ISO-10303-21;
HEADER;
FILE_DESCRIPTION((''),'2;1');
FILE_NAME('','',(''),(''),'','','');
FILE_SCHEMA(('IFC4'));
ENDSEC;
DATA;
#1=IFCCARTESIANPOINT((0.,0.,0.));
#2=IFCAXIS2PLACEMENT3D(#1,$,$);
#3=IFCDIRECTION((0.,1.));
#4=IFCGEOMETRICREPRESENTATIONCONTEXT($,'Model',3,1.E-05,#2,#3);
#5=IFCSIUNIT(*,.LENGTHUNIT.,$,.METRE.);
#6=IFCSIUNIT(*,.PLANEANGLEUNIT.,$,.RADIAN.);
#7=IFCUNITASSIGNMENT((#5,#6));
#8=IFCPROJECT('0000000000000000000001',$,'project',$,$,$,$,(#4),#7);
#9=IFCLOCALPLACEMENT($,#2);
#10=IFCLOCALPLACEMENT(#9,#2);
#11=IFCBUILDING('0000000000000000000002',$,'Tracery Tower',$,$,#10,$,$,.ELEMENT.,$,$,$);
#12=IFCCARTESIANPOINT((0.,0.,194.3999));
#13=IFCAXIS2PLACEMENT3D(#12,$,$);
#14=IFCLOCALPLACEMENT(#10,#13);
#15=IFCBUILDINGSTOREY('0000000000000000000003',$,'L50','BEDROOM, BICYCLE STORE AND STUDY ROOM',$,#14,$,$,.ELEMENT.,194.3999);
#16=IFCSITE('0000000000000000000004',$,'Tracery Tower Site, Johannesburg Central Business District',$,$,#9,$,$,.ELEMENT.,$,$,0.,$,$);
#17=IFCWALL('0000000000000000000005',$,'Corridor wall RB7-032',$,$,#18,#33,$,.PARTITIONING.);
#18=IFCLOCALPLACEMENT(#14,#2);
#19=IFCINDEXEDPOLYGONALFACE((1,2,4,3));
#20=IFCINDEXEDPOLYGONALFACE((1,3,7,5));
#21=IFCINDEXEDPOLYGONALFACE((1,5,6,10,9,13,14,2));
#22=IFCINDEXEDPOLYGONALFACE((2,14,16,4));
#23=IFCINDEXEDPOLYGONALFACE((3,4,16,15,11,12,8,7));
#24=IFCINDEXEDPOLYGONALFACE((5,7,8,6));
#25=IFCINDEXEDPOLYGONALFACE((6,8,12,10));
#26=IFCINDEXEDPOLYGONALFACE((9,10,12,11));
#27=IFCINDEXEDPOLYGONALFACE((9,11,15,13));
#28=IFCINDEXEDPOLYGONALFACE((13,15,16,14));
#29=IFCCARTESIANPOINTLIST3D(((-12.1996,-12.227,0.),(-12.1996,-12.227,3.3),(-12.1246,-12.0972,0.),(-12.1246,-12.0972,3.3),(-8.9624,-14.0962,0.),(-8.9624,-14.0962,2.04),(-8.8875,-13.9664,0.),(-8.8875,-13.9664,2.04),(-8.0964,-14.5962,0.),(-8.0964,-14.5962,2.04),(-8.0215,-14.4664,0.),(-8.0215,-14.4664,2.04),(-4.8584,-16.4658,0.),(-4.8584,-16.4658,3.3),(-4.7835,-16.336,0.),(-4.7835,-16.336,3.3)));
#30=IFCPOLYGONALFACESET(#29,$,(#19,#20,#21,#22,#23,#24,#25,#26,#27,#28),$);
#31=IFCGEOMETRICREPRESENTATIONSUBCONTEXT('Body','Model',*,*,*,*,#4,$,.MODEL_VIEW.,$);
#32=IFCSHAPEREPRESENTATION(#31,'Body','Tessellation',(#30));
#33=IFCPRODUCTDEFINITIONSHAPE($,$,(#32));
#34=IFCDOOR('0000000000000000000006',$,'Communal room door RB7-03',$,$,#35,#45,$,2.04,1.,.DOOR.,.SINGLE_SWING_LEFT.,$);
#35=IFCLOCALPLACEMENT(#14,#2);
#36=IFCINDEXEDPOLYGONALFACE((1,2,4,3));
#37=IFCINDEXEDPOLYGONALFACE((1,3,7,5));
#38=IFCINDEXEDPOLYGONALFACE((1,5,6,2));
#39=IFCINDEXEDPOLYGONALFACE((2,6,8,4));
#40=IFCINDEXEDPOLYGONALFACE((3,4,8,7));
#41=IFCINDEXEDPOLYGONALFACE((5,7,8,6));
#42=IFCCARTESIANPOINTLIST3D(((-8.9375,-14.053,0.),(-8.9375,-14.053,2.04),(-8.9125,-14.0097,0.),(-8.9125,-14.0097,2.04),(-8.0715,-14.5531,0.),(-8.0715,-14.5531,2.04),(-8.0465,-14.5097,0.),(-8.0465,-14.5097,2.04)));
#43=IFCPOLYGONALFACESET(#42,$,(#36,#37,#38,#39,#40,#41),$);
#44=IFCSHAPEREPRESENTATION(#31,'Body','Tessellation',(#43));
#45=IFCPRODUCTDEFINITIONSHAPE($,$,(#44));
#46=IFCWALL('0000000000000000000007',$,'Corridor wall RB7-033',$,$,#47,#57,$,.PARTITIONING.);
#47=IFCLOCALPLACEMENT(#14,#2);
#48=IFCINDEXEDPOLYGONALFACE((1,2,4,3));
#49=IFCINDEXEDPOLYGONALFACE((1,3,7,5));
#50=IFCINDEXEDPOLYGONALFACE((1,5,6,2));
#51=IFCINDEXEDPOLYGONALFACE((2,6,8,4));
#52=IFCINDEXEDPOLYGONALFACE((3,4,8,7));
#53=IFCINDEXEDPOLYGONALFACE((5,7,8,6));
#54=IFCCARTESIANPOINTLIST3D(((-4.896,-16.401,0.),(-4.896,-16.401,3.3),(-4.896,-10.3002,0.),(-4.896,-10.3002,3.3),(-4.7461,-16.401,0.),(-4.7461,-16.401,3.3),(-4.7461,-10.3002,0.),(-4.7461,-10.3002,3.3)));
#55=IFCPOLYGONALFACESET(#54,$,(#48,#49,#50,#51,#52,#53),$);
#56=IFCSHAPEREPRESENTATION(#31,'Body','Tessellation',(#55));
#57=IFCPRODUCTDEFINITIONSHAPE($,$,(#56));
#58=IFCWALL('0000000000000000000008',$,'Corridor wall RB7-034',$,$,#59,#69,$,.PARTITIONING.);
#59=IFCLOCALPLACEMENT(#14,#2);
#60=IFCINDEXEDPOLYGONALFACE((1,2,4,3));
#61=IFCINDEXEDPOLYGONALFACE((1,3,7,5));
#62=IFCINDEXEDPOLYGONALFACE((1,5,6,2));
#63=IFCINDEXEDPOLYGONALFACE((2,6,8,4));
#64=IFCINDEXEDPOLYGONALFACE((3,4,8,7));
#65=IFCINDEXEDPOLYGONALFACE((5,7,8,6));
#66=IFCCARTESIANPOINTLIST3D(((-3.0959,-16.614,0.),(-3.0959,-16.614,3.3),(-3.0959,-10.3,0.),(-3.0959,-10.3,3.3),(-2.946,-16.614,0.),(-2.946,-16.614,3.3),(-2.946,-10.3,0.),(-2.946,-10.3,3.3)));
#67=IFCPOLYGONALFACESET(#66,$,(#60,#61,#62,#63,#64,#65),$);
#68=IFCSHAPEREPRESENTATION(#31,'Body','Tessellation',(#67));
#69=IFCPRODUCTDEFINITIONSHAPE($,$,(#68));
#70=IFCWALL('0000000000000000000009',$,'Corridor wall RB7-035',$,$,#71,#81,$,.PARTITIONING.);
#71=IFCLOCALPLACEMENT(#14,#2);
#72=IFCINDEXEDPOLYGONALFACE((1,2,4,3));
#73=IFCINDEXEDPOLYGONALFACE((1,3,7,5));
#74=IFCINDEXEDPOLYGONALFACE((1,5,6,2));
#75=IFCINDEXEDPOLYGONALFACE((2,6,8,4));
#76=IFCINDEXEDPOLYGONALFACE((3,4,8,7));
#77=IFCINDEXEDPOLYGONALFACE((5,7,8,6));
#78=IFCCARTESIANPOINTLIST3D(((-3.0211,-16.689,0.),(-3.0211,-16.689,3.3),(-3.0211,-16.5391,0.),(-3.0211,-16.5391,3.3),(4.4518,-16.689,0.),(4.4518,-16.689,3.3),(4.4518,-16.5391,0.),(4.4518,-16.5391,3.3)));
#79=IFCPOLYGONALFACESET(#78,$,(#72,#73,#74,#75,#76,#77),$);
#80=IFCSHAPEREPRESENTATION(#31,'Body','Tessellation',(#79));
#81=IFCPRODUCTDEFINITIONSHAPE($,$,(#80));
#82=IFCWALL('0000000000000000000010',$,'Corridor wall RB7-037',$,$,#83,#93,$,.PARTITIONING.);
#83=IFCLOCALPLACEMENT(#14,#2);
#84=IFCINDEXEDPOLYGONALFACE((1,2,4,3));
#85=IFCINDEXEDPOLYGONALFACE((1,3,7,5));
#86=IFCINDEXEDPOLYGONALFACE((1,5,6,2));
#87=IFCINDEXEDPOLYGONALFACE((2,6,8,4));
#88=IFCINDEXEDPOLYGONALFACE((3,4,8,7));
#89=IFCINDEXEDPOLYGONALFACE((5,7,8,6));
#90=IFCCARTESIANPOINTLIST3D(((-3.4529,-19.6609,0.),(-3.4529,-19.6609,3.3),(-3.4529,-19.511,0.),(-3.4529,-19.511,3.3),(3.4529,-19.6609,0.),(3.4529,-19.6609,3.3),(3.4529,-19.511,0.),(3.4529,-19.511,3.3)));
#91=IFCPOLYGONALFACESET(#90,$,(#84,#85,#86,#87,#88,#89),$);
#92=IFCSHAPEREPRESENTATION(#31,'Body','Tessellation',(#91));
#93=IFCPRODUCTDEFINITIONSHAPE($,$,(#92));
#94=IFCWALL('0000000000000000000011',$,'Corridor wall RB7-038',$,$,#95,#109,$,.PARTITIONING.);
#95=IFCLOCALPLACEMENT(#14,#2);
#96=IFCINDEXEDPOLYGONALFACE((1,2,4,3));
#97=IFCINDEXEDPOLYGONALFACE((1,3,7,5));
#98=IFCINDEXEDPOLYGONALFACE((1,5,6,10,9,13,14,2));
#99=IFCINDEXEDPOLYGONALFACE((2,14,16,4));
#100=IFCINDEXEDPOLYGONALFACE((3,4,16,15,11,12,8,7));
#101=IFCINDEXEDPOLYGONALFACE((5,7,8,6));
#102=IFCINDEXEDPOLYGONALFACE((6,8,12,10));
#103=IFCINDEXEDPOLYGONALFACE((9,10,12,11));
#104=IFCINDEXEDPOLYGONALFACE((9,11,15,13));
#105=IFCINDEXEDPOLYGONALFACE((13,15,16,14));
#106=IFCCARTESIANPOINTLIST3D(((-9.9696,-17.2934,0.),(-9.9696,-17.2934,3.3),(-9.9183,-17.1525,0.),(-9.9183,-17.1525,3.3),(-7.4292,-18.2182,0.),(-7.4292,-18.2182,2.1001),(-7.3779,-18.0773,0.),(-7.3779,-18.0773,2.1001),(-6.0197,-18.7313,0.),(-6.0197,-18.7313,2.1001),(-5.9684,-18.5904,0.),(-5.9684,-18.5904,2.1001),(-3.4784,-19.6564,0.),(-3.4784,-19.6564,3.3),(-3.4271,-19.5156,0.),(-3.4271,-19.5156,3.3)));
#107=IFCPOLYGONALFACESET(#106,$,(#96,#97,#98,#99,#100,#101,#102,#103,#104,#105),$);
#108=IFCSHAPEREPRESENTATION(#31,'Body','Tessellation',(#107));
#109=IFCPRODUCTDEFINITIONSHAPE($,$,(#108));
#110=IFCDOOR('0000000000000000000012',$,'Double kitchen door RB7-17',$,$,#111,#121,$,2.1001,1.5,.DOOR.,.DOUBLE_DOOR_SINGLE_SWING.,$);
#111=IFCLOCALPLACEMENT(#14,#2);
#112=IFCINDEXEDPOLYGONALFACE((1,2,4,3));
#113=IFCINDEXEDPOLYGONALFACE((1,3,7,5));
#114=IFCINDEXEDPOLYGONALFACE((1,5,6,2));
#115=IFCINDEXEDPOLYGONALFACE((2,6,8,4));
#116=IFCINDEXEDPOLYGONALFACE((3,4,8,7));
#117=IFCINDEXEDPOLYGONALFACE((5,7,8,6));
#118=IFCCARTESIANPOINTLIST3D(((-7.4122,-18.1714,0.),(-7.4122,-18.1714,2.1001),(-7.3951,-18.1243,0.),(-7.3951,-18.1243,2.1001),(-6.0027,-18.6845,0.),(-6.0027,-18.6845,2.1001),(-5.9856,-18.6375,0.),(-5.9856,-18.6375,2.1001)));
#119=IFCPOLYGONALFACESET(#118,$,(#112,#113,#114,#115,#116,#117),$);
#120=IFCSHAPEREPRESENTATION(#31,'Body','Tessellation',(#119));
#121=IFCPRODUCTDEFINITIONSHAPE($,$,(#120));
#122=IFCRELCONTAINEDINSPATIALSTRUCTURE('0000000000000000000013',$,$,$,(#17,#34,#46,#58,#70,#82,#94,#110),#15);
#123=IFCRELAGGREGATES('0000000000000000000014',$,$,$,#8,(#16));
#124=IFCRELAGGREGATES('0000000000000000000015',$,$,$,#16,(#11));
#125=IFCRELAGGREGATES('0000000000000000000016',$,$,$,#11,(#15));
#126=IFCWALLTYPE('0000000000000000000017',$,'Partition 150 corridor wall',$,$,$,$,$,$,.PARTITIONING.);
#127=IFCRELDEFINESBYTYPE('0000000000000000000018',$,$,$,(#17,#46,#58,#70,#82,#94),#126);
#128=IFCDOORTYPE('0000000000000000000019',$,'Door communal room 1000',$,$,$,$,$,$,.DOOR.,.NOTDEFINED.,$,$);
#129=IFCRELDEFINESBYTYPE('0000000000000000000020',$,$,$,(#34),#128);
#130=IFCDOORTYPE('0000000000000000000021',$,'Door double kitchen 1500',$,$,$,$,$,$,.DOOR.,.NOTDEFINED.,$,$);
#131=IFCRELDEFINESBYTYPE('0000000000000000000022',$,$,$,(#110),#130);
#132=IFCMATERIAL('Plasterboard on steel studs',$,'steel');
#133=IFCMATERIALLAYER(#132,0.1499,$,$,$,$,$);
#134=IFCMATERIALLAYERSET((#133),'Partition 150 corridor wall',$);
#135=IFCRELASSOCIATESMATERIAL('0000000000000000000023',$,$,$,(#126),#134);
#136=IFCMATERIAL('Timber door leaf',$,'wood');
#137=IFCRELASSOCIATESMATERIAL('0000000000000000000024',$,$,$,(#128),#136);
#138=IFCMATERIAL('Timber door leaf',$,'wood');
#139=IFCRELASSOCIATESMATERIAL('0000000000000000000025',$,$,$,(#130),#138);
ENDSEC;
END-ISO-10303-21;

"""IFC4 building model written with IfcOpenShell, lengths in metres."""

from ifc_helpers import new_model, si_unit, direction, frame, frame_2d, origin, place, context, subcontext, project, spatial, rectangle, extrude, material, layer, layer_set, type_object, element, fill, save


model = new_model("IFC4")

# Units and contexts
model_context = context("Model", 3, precision=1e-05, world=origin(), true_north=direction((0.0, 1.0)))
body_context = subcontext(model_context, "Body", "Model", "MODEL_VIEW")
ifc_project = project(units=[si_unit("LENGTHUNIT", "METRE"), si_unit("PLANEANGLEUNIT", "RADIAN")], contexts=[model_context])

# Site, building, storey
site_placement = place(None, origin())
site = spatial("IfcSite", under=ifc_project, at=site_placement, Name="Tracery Tower Site, Johannesburg Central Business District", CompositionType="ELEMENT", RefElevation=0.0)
building_placement = place(site_placement, origin())
building = spatial("IfcBuilding", under=site, at=building_placement, Name="Tracery Tower", CompositionType="ELEMENT")
storey_placement = place(building_placement, frame((0.0, 0.0, 194.3999)))
storey = spatial("IfcBuildingStorey", under=building, at=storey_placement, Name="L50", Description="BEDROOM, BICYCLE STORE AND STUDY ROOM", CompositionType="ELEMENT", Elevation=194.3999)

# Wall, opening, door
ifc_material_1 = material(Name="Plasterboard on steel studs", Category="steel")
ifc_layer_1 = layer(ifc_material_1, 0.1499)
ifc_layer_set_1 = layer_set([ifc_layer_1], Name="Partition 150 corridor wall")
wall_type_1 = type_object("IfcWallType", Name="Partition 150 corridor wall", PredefinedType="PARTITIONING", material=ifc_layer_set_1)
wall_1_placement = place(storey_placement, frame((-12.1621, -12.1621, 0.0), z_axis=(0.0, 0.0, 1.0), x_axis=(0.866005, -0.500036, 0.0)))
wall_1 = element("IfcWall", 1, at=wall_1_placement, inside=storey, type_object=wall_type_1, Name="Corridor wall RB7-032", PredefinedType="PARTITIONING", context=body_context, shape_type="SweptSolid", body=[
    extrude(rectangle(XDim=8.4771, YDim=0.1499, at=frame_2d((4.2385, 0.0))), origin(), (0.0, 0.0, 1.0), 3.3),
])
opening_1_placement = place(wall_1_placement, frame((3.738, 0.0, 0.0)))
opening_1 = element("IfcOpeningElement", 2, at=opening_1_placement, cuts=wall_1, PredefinedType="OPENING", context=body_context, shape_type="SweptSolid", body=[
    extrude(rectangle(XDim=1.0, YDim=2.04, at=frame_2d((0.5, 1.02))), frame((0.0, 0.075, 0.0), z_axis=(0.0, -1.0, 0.0), x_axis=(1.0, 0.0, 0.0)), (0.0, 0.0, 1.0), 0.1499),
])
ifc_material_2 = material(Name="Timber door leaf", Category="wood")
door_type_1 = type_object("IfcDoorType", Name="Door communal room 1000", OperationType="NOTDEFINED", PredefinedType="DOOR", material=ifc_material_2)
door_1_placement = place(opening_1_placement, origin())
door_1 = element("IfcDoor", 3, at=door_1_placement, inside=storey, type_object=door_type_1, Name="Communal room door RB7-03", OperationType="SINGLE_SWING_LEFT", OverallHeight=2.04, OverallWidth=1.0, PredefinedType="DOOR", context=body_context, shape_type="SweptSolid", body=[
    extrude(rectangle(XDim=1.0, YDim=2.04, at=frame_2d((0.5, 1.02))), frame((0.0, 0.0249, 0.0), z_axis=(0.0, -1.0, 0.0), x_axis=(1.0, 0.0, 0.0)), (0.0, 0.0, 1.0), 0.05),
])
fill(opening_1, door_1)

# Walls
wall_2_placement = place(storey_placement, frame((-4.821, -16.4009, 0.0), z_axis=(0.0, 0.0, 1.0), x_axis=(0.0, 1.0, 0.0)))
element("IfcWall", 4, at=wall_2_placement, inside=storey, type_object=wall_type_1, Name="Corridor wall RB7-033", PredefinedType="PARTITIONING", context=body_context, shape_type="SweptSolid", body=[
    extrude(rectangle(XDim=6.1008, YDim=0.1499, at=frame_2d((3.0503, 0.0))), origin(), (0.0, 0.0, 1.0), 3.3),
])
wall_3_placement = place(storey_placement, frame((-3.021, -16.614, 0.0), z_axis=(0.0, 0.0, 1.0), x_axis=(0.0, 1.0, 0.0)))
element("IfcWall", 5, at=wall_3_placement, inside=storey, type_object=wall_type_1, Name="Corridor wall RB7-034", PredefinedType="PARTITIONING", context=body_context, shape_type="SweptSolid", body=[
    extrude(rectangle(XDim=6.314, YDim=0.1499, at=frame_2d((3.157, 0.0))), origin(), (0.0, 0.0, 1.0), 3.3),
])
wall_4_placement = place(storey_placement, frame((-3.021, -16.614, 0.0), z_axis=(0.0, 0.0, 1.0), x_axis=(1.0, 0.0, 0.0)))
element("IfcWall", 6, at=wall_4_placement, inside=storey, type_object=wall_type_1, Name="Corridor wall RB7-035", PredefinedType="PARTITIONING", context=body_context, shape_type="SweptSolid", body=[
    extrude(rectangle(XDim=7.4729, YDim=0.1499, at=frame_2d((3.7363, 0.0))), origin(), (0.0, 0.0, 1.0), 3.3),
])
wall_5_placement = place(storey_placement, frame((-3.4529, -19.5859, 0.0), z_axis=(0.0, 0.0, 1.0), x_axis=(1.0, 0.0, 0.0)))
element("IfcWall", 7, at=wall_5_placement, inside=storey, type_object=wall_type_1, Name="Corridor wall RB7-037", PredefinedType="PARTITIONING", context=body_context, shape_type="SweptSolid", body=[
    extrude(rectangle(XDim=6.9058, YDim=0.1499, at=frame_2d((3.4529, 0.0))), origin(), (0.0, 0.0, 1.0), 3.3),
])

# Wall, opening, door
wall_6_placement = place(storey_placement, frame((-9.9441, -17.2229, 0.0), z_axis=(0.0, 0.0, 1.0), x_axis=(0.939673, -0.342075, 0.0)))
wall_6 = element("IfcWall", 8, at=wall_6_placement, inside=storey, type_object=wall_type_1, Name="Corridor wall RB7-038", PredefinedType="PARTITIONING", context=body_context, shape_type="SweptSolid", body=[
    extrude(rectangle(XDim=6.908, YDim=0.1499, at=frame_2d((3.4541, 0.0))), origin(), (0.0, 0.0, 1.0), 3.3),
])
opening_2_placement = place(wall_6_placement, frame((2.7036, 0.0, 0.0)))
opening_2 = element("IfcOpeningElement", 9, at=opening_2_placement, cuts=wall_6, PredefinedType="OPENING", context=body_context, shape_type="SweptSolid", body=[
    extrude(rectangle(XDim=1.5, YDim=2.1001, at=frame_2d((0.75, 1.05))), frame((0.0, 0.075, 0.0), z_axis=(0.0, -1.0, 0.0), x_axis=(1.0, 0.0, 0.0)), (0.0, 0.0, 1.0), 0.1499),
])
ifc_material_3 = material(Name="Timber door leaf", Category="wood")
door_type_2 = type_object("IfcDoorType", Name="Door double kitchen 1500", OperationType="NOTDEFINED", PredefinedType="DOOR", material=ifc_material_3)
door_2_placement = place(opening_2_placement, origin())
door_2 = element("IfcDoor", 10, at=door_2_placement, inside=storey, type_object=door_type_2, Name="Double kitchen door RB7-17", OperationType="DOUBLE_DOOR_SINGLE_SWING", OverallHeight=2.1001, OverallWidth=1.5, PredefinedType="DOOR", context=body_context, shape_type="SweptSolid", body=[
    extrude(rectangle(XDim=1.5, YDim=2.1001, at=frame_2d((0.75, 1.05))), frame((0.0, 0.0249, 0.0), z_axis=(0.0, -1.0, 0.0), x_axis=(1.0, 0.0, 0.0)), (0.0, 0.0, 1.0), 0.05),
])
fill(opening_2, door_2)

save(model, "model.ifc")
